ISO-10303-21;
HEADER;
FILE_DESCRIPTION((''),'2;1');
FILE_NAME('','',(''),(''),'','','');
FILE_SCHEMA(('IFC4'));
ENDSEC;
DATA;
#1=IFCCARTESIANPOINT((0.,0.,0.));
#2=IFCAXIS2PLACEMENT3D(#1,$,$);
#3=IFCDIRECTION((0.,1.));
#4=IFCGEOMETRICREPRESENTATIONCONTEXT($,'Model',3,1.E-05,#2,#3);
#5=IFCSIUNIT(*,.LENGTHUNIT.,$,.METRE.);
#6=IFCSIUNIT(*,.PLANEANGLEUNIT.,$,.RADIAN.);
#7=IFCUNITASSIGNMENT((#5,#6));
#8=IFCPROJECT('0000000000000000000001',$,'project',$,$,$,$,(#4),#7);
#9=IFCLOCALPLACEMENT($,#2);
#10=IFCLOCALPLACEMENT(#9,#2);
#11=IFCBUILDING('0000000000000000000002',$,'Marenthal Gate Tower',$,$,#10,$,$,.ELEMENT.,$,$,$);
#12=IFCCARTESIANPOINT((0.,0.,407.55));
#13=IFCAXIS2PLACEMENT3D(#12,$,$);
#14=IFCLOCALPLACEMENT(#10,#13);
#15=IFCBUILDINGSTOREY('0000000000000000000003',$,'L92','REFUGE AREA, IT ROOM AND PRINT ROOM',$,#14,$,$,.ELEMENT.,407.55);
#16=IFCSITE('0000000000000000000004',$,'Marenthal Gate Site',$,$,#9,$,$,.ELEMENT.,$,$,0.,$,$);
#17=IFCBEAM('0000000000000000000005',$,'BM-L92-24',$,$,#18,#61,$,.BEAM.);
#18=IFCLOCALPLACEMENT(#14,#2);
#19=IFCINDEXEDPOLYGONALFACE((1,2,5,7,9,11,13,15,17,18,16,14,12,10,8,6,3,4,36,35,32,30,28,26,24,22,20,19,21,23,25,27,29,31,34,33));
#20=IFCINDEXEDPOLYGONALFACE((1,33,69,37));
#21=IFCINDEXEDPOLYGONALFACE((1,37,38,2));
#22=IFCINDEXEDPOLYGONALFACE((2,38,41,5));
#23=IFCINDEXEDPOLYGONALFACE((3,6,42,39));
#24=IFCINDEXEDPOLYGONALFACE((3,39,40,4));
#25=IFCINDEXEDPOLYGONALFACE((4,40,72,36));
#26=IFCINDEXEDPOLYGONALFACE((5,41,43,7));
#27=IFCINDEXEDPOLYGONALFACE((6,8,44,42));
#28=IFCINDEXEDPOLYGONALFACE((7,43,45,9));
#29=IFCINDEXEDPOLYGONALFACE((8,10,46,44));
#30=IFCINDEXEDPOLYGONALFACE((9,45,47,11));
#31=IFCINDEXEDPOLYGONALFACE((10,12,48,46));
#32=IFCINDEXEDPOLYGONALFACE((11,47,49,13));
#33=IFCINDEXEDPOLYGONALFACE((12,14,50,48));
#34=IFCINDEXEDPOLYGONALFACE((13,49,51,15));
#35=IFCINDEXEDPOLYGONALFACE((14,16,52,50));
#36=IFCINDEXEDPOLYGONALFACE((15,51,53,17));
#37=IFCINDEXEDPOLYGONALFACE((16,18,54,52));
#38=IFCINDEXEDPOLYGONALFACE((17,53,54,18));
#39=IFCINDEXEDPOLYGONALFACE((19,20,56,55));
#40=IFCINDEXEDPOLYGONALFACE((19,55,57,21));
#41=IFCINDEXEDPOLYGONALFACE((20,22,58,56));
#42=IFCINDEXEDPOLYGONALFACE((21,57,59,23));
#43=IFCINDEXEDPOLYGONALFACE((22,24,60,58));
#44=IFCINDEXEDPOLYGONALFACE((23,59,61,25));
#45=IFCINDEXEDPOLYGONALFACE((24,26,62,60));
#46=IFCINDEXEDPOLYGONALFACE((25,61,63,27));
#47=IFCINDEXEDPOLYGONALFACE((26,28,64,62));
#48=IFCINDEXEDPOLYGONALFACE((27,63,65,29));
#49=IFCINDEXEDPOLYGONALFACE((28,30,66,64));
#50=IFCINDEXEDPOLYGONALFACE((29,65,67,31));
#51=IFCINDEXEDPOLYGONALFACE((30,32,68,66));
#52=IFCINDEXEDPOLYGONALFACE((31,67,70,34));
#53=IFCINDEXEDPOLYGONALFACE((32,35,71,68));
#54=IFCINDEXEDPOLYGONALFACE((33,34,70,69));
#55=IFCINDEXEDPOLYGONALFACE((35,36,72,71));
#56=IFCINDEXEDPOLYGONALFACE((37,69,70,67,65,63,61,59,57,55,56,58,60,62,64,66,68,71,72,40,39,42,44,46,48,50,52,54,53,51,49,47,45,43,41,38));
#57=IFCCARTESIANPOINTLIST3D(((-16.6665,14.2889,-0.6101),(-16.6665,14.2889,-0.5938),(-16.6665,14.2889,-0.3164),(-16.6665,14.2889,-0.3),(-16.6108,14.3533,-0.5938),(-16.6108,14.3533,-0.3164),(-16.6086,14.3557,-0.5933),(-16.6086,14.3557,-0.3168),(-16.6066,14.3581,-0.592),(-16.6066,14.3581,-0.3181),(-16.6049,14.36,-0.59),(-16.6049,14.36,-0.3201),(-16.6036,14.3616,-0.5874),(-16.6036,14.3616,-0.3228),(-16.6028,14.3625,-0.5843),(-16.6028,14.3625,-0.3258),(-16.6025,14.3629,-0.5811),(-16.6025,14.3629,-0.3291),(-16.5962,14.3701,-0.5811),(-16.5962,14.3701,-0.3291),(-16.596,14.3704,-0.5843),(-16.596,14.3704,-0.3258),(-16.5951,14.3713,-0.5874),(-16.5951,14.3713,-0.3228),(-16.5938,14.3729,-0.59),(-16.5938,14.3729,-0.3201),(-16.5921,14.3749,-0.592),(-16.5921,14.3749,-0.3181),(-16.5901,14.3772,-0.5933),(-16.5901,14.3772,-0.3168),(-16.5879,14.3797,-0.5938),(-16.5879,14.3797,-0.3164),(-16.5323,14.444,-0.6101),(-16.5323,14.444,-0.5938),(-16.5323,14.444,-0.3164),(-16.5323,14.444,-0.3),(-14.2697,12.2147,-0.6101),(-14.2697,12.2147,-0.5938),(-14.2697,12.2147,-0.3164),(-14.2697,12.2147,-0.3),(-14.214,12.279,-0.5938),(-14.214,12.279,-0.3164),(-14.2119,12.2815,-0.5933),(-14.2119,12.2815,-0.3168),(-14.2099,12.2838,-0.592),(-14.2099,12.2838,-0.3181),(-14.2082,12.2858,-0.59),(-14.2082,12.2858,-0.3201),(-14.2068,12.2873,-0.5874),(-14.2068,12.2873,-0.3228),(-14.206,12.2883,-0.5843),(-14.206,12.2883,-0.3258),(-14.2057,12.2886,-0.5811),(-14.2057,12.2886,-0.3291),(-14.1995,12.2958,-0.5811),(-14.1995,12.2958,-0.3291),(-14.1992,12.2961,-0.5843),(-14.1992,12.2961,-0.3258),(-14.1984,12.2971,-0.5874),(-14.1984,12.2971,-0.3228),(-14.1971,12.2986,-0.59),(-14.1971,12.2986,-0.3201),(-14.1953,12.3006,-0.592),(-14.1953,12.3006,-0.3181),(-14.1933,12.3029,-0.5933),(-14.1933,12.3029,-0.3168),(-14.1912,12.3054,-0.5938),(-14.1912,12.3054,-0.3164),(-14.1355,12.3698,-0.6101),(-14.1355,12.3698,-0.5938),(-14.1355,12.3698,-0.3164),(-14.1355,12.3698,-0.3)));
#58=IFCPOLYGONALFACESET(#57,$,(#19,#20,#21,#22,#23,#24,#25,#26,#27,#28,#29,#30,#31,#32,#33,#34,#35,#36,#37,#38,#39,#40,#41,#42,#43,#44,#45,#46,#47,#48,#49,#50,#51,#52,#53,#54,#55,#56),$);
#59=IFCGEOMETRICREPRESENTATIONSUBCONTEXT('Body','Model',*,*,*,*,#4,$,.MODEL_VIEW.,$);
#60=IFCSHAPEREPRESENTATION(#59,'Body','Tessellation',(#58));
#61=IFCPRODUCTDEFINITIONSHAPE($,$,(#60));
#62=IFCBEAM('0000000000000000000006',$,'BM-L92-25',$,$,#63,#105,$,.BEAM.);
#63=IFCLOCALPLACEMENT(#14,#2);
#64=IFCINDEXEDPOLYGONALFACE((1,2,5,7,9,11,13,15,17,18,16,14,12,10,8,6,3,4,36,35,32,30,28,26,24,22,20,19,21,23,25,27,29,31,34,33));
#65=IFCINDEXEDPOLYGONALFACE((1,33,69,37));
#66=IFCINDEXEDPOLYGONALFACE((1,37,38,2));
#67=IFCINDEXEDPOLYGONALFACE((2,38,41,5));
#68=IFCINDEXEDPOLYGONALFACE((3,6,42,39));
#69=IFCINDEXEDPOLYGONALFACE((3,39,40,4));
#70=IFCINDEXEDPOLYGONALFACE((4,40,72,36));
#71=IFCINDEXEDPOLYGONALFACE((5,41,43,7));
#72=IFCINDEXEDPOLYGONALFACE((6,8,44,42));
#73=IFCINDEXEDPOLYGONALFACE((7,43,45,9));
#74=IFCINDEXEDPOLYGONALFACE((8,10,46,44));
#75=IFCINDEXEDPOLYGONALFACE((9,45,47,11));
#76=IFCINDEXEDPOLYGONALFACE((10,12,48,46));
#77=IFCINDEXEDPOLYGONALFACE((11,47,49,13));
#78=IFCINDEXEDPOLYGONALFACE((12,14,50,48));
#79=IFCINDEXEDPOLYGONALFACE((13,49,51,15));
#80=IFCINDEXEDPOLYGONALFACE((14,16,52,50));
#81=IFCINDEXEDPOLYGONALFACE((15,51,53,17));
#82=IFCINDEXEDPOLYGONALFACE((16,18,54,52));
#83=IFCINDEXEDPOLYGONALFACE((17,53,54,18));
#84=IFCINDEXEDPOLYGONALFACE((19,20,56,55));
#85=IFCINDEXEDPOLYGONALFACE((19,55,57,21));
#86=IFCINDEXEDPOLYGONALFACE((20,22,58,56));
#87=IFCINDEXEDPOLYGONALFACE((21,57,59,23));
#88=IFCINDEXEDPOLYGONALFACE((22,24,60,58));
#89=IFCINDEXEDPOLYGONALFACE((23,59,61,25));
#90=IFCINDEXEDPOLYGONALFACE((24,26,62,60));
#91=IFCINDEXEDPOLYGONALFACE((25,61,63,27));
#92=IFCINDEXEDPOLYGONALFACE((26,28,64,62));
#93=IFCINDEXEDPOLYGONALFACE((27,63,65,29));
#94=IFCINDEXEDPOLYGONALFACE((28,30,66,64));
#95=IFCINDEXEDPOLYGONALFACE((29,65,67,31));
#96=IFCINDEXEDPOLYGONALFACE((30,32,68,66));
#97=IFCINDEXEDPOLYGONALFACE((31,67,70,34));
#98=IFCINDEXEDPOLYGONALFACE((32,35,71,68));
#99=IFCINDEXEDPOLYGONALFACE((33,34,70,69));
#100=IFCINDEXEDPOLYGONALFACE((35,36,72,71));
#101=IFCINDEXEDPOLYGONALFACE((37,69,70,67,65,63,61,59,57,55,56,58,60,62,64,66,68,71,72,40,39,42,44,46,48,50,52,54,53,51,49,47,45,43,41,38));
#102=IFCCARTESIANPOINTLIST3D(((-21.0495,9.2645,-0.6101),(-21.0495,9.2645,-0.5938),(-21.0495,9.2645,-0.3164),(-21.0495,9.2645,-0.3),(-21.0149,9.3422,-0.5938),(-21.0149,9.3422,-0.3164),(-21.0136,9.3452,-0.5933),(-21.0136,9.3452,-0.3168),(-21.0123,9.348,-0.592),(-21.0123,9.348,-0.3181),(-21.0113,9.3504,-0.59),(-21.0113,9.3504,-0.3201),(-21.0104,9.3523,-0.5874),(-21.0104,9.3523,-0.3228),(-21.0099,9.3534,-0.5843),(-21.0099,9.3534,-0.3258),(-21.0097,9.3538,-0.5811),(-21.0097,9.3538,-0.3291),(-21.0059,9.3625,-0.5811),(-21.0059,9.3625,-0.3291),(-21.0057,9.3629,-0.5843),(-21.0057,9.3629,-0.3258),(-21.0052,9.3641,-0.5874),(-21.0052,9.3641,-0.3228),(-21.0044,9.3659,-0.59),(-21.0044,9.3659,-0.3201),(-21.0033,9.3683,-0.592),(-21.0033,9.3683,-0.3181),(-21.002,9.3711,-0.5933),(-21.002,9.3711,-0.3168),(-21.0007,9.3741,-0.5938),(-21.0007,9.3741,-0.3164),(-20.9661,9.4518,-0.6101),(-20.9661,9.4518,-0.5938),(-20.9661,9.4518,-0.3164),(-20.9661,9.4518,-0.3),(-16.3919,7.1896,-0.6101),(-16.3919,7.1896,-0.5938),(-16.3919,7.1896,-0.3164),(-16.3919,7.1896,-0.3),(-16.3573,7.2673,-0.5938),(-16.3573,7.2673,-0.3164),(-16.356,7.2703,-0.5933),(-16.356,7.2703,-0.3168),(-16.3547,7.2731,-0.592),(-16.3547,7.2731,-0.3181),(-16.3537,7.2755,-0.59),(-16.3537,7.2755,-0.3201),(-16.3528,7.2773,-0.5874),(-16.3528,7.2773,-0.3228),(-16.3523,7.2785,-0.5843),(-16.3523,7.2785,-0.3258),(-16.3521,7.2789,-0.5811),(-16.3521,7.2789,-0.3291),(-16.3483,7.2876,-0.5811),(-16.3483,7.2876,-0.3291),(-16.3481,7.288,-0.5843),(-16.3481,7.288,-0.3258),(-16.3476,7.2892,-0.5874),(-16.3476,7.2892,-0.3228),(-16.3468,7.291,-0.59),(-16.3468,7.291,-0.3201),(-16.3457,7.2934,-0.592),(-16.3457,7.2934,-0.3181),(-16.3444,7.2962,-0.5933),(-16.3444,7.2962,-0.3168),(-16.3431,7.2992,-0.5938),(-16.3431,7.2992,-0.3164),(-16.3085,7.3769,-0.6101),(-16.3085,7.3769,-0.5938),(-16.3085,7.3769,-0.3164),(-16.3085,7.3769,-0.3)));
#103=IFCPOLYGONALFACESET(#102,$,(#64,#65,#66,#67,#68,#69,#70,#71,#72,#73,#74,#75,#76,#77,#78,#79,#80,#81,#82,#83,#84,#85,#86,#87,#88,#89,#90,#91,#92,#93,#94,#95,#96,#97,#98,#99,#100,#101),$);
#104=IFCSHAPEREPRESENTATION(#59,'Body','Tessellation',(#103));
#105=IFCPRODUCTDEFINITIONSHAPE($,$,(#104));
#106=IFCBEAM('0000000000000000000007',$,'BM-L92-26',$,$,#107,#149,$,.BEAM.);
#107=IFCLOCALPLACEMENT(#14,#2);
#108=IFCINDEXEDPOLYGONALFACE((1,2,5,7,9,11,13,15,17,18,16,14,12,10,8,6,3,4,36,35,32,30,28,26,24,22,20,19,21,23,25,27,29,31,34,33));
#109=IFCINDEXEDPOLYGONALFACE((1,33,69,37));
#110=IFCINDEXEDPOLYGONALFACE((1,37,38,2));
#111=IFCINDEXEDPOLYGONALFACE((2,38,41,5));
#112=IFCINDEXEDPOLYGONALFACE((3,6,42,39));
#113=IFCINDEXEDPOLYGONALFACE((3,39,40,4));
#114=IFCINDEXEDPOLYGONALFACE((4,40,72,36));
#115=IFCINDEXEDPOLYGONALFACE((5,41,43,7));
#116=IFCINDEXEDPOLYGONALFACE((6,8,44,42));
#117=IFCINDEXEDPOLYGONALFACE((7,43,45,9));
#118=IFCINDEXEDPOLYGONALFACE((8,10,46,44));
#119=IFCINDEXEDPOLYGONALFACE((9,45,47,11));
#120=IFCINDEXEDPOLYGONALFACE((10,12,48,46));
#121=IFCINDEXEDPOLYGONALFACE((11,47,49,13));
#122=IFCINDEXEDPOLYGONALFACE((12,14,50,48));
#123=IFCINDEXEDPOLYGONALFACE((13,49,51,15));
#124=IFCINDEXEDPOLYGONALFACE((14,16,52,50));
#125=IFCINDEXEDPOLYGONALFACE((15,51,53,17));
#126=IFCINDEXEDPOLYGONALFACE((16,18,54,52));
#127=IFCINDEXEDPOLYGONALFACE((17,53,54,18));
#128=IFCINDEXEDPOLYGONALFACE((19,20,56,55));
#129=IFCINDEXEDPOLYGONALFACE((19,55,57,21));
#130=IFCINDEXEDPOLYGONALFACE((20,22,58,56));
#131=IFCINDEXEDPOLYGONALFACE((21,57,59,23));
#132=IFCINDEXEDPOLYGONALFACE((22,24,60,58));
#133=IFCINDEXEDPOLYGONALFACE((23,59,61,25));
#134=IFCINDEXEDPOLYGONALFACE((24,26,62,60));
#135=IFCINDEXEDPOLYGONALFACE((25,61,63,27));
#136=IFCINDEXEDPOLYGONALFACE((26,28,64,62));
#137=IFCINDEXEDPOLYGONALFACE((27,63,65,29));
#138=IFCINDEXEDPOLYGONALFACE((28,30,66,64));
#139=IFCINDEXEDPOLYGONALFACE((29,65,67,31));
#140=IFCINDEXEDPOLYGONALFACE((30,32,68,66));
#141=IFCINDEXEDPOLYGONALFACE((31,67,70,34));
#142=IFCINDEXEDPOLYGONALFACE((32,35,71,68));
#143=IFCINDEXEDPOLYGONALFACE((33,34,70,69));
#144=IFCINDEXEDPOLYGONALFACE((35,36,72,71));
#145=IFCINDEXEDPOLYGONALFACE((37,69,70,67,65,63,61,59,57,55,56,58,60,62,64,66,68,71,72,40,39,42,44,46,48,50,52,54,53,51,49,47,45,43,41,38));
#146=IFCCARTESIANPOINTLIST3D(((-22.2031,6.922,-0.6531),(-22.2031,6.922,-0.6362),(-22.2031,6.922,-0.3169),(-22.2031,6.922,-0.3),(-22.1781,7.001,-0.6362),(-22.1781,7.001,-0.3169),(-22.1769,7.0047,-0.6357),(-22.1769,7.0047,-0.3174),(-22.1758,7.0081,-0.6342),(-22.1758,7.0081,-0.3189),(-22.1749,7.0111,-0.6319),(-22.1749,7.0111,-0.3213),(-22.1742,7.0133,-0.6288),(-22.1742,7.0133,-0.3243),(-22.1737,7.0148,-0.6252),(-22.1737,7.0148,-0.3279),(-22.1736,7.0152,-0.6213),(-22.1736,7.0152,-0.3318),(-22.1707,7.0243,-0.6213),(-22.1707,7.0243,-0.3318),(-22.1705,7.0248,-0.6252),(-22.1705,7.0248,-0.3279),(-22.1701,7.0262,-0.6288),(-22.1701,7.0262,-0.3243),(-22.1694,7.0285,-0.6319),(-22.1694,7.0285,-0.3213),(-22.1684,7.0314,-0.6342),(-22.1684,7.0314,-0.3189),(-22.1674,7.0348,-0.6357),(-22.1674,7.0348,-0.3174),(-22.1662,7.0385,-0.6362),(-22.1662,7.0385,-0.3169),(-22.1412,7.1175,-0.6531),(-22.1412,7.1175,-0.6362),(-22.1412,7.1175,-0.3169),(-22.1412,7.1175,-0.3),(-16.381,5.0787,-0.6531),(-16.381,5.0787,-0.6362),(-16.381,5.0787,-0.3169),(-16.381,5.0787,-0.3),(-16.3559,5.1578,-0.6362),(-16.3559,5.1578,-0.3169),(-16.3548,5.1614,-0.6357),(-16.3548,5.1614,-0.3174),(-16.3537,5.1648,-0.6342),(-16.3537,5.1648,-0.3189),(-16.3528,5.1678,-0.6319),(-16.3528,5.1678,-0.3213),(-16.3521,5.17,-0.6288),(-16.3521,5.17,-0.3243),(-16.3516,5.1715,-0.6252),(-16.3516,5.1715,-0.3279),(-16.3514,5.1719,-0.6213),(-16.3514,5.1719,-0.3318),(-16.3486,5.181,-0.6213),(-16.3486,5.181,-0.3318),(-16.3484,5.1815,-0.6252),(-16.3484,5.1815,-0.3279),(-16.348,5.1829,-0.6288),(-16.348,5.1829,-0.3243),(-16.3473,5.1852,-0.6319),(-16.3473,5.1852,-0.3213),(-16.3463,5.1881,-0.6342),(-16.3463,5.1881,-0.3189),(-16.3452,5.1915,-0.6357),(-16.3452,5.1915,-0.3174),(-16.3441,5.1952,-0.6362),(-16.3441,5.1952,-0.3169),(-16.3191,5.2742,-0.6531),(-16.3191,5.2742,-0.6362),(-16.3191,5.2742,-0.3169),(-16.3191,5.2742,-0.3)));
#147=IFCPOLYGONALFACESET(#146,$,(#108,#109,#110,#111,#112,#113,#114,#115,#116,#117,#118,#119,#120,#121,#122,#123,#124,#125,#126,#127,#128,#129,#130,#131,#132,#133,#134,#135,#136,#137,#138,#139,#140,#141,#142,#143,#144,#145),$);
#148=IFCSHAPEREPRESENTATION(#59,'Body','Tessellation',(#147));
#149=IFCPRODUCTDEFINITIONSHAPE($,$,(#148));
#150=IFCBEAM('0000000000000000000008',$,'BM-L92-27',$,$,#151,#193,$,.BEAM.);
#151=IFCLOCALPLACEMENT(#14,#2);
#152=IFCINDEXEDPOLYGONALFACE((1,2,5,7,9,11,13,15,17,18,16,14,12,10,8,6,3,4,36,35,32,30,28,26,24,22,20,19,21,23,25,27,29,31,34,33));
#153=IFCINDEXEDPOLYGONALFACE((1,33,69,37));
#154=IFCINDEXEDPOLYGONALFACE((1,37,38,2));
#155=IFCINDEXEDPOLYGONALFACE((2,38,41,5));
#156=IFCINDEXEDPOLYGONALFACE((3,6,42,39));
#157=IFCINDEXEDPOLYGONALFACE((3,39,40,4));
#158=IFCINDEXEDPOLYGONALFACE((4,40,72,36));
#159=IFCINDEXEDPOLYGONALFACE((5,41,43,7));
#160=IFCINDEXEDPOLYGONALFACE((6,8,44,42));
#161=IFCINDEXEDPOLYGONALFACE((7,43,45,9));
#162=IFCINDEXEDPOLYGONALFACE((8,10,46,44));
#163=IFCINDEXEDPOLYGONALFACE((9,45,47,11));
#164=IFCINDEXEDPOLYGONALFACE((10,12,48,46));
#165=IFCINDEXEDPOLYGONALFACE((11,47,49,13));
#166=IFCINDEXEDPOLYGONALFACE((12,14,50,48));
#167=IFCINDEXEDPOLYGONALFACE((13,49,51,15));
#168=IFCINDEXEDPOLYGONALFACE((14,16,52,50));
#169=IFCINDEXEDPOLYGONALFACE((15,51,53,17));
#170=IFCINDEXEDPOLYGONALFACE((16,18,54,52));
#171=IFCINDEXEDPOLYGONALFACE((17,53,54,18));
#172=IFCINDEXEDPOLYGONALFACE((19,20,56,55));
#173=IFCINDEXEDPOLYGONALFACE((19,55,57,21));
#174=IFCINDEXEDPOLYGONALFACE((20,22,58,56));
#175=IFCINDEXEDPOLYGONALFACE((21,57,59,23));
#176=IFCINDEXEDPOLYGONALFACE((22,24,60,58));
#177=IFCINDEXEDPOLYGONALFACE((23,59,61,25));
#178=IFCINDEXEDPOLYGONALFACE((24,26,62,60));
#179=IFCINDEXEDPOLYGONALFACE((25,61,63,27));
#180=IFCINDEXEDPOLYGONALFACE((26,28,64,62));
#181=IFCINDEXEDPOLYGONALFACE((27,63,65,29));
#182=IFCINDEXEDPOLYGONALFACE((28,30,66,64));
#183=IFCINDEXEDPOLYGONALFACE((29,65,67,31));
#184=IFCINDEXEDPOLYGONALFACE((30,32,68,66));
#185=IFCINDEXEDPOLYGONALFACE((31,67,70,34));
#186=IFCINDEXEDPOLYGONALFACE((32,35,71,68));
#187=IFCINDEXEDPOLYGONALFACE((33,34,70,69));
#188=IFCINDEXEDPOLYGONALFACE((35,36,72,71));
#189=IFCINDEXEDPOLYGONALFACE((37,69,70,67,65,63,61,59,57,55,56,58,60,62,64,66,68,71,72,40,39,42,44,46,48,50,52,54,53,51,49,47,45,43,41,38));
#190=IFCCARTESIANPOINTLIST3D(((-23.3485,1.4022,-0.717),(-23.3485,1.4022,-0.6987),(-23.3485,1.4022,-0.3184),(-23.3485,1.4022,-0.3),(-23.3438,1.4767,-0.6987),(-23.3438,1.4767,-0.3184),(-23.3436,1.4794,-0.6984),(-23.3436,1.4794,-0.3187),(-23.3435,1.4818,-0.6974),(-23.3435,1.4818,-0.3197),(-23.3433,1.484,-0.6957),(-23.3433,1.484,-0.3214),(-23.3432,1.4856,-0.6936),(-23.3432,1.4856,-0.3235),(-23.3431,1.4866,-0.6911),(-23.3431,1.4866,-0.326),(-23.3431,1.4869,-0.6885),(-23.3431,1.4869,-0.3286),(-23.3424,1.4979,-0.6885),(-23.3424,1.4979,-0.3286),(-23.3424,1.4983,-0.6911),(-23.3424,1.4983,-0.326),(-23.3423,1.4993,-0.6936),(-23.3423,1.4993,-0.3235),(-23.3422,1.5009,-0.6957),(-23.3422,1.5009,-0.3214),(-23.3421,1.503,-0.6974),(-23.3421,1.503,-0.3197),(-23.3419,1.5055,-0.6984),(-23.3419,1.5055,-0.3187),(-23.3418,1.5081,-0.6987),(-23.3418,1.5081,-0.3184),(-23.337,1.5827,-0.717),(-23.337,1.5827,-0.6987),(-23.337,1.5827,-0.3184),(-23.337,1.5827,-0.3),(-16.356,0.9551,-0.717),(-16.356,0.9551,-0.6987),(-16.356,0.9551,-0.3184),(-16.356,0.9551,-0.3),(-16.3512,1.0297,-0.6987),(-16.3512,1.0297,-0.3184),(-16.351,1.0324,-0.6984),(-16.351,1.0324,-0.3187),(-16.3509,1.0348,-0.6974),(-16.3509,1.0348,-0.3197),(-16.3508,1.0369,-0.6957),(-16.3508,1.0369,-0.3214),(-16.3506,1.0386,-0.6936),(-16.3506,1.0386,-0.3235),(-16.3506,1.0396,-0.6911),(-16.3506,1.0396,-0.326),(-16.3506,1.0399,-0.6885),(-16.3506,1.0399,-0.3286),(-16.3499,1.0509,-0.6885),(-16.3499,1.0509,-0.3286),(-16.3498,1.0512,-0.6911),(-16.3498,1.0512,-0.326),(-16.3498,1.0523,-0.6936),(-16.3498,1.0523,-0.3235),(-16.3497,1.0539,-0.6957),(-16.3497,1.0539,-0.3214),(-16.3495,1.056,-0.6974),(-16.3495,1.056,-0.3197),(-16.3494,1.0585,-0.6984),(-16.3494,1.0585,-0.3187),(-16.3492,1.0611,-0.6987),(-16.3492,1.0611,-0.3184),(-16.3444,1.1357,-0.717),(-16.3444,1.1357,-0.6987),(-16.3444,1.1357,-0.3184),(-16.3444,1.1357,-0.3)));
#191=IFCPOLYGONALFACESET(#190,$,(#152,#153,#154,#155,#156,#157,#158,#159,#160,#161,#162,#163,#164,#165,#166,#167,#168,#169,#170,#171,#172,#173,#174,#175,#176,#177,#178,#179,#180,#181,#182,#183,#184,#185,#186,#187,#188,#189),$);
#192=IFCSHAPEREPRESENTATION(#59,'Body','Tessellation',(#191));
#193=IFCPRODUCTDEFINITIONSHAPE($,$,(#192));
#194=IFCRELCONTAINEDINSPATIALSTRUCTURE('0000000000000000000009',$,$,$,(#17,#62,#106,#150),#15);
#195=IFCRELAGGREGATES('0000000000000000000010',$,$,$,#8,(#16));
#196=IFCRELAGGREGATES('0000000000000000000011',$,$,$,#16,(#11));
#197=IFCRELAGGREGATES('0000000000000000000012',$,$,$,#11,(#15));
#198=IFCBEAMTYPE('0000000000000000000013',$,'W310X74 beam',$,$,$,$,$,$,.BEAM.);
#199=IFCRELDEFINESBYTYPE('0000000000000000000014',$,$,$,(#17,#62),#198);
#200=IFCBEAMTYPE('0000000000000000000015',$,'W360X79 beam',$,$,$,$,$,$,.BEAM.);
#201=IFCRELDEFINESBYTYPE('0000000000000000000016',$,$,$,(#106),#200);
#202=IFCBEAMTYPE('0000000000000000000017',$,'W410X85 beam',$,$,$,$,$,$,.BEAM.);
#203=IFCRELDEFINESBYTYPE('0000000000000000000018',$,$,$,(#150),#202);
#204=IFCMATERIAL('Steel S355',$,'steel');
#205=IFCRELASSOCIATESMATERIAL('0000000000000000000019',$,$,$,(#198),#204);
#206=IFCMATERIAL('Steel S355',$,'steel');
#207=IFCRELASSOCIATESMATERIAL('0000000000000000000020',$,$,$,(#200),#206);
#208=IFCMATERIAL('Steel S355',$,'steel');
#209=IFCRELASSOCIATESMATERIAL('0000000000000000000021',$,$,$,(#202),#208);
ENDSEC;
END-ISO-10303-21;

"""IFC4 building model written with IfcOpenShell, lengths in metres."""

from ifc_helpers import new_model, si_unit, direction, frame, origin, origin_2d, place, context, subcontext, project, spatial, i_section, extrude, material, material_profile, profile_set, type_object, element, save


model = new_model("IFC4")

# Units and contexts
model_context = context("Model", 3, precision=1e-05, world=origin(), true_north=direction((0.0, 1.0)))
body_context = subcontext(model_context, "Body", "Model", "MODEL_VIEW")
ifc_project = project(units=[si_unit("LENGTHUNIT", "METRE"), si_unit("PLANEANGLEUNIT", "RADIAN")], contexts=[model_context])

# Site, building, storey
site_placement = place(None, origin())
site = spatial("IfcSite", under=ifc_project, at=site_placement, Name="Marenthal Gate Site", CompositionType="ELEMENT", RefElevation=0.0)
building_placement = place(site_placement, origin())
building = spatial("IfcBuilding", under=site, at=building_placement, Name="Marenthal Gate Tower", CompositionType="ELEMENT")
storey_placement = place(building_placement, frame((0.0, 0.0, 407.55)))
storey = spatial("IfcBuildingStorey", under=building, at=storey_placement, Name="L92", Description="REFUGE AREA, IT ROOM AND PRINT ROOM", CompositionType="ELEMENT", Elevation=407.55)

# Beams
ifc_material_1 = material(Name="Steel S355", Category="steel")
ifc_material_profile_1 = material_profile(ifc_material_1, i_section(OverallWidth=0.2051, OverallDepth=0.3101, WebThickness=0.0095, FlangeThickness=0.0164, FilletRadius=0.0127, at=origin_2d()), Name="W310X74")
ifc_profile_set_1 = profile_set([ifc_material_profile_1], Name="Steel S355")
beam_type_1 = type_object("IfcBeamType", Name="W310X74 beam", PredefinedType="BEAM", material=ifc_profile_set_1)
beam_1_placement = place(storey_placement, frame((-16.5994, 14.3665, -0.4551), z_axis=(0.756149, -0.6544, 0.0), x_axis=(0.6544, 0.756149, 0.0)))
element("IfcBeam", 1, at=beam_1_placement, inside=storey, type_object=beam_type_1, Name="BM-L92-24", PredefinedType="BEAM", context=body_context, shape_type="SweptSolid", body=[
    extrude(i_section(OverallWidth=0.2051, OverallDepth=0.3101, WebThickness=0.0095, FlangeThickness=0.0164, FilletRadius=0.0127, at=origin_2d()), origin(), (0.0, 0.0, 1.0), 3.1697),
])
beam_2_placement = place(storey_placement, frame((-21.0078, 9.3582, -0.4551), z_axis=(0.913458, -0.406934, 0.0), x_axis=(0.406934, 0.913458, 0.0)))
element("IfcBeam", 2, at=beam_2_placement, inside=storey, type_object=beam_type_1, Name="BM-L92-25", PredefinedType="BEAM", context=body_context, shape_type="SweptSolid", body=[
    extrude(i_section(OverallWidth=0.2051, OverallDepth=0.3101, WebThickness=0.0095, FlangeThickness=0.0164, FilletRadius=0.0127, at=origin_2d()), origin(), (0.0, 0.0, 1.0), 5.0989),
])
ifc_material_2 = material(Name="Steel S355", Category="steel")
ifc_material_profile_2 = material_profile(ifc_material_2, i_section(OverallWidth=0.2051, OverallDepth=0.353, WebThickness=0.0095, FlangeThickness=0.0168, FilletRadius=0.0149, at=origin_2d()), Name="W360X79")
ifc_profile_set_2 = profile_set([ifc_material_profile_2], Name="Steel S355")
beam_type_2 = type_object("IfcBeamType", Name="W360X79 beam", PredefinedType="BEAM", material=ifc_profile_set_2)
beam_3_placement = place(storey_placement, frame((-22.1721, 7.0198, -0.4766), z_axis=(0.95336, -0.301835, 0.0), x_axis=(0.301835, 0.95336, 0.0)))
element("IfcBeam", 3, at=beam_3_placement, inside=storey, type_object=beam_type_2, Name="BM-L92-26", PredefinedType="BEAM", context=body_context, shape_type="SweptSolid", body=[
    extrude(i_section(OverallWidth=0.2051, OverallDepth=0.353, WebThickness=0.0095, FlangeThickness=0.0168, FilletRadius=0.0149, at=origin_2d()), origin(), (0.0, 0.0, 1.0), 6.1069),
])
ifc_material_3 = material(Name="Steel S355", Category="steel")
ifc_material_profile_3 = material_profile(ifc_material_3, i_section(OverallWidth=0.1809, OverallDepth=0.417, WebThickness=0.011, FlangeThickness=0.0183, FilletRadius=0.0103, at=origin_2d()), Name="W410X85")
ifc_profile_set_3 = profile_set([ifc_material_profile_3], Name="Steel S355")
beam_type_3 = type_object("IfcBeamType", Name="W410X85 beam", PredefinedType="BEAM", material=ifc_profile_set_3)
beam_4_placement = place(storey_placement, frame((-23.3428, 1.4924, -0.5085), z_axis=(0.997963, -0.063797, 0.0), x_axis=(0.063797, 0.997963, 0.0)))
element("IfcBeam", 4, at=beam_4_placement, inside=storey, type_object=beam_type_3, Name="BM-L92-27", PredefinedType="BEAM", context=body_context, shape_type="SweptSolid", body=[
    extrude(i_section(OverallWidth=0.1809, OverallDepth=0.417, WebThickness=0.011, FlangeThickness=0.0183, FilletRadius=0.0103, at=origin_2d()), origin(), (0.0, 0.0, 1.0), 7.0068),
])

save(model, "model.ifc")
